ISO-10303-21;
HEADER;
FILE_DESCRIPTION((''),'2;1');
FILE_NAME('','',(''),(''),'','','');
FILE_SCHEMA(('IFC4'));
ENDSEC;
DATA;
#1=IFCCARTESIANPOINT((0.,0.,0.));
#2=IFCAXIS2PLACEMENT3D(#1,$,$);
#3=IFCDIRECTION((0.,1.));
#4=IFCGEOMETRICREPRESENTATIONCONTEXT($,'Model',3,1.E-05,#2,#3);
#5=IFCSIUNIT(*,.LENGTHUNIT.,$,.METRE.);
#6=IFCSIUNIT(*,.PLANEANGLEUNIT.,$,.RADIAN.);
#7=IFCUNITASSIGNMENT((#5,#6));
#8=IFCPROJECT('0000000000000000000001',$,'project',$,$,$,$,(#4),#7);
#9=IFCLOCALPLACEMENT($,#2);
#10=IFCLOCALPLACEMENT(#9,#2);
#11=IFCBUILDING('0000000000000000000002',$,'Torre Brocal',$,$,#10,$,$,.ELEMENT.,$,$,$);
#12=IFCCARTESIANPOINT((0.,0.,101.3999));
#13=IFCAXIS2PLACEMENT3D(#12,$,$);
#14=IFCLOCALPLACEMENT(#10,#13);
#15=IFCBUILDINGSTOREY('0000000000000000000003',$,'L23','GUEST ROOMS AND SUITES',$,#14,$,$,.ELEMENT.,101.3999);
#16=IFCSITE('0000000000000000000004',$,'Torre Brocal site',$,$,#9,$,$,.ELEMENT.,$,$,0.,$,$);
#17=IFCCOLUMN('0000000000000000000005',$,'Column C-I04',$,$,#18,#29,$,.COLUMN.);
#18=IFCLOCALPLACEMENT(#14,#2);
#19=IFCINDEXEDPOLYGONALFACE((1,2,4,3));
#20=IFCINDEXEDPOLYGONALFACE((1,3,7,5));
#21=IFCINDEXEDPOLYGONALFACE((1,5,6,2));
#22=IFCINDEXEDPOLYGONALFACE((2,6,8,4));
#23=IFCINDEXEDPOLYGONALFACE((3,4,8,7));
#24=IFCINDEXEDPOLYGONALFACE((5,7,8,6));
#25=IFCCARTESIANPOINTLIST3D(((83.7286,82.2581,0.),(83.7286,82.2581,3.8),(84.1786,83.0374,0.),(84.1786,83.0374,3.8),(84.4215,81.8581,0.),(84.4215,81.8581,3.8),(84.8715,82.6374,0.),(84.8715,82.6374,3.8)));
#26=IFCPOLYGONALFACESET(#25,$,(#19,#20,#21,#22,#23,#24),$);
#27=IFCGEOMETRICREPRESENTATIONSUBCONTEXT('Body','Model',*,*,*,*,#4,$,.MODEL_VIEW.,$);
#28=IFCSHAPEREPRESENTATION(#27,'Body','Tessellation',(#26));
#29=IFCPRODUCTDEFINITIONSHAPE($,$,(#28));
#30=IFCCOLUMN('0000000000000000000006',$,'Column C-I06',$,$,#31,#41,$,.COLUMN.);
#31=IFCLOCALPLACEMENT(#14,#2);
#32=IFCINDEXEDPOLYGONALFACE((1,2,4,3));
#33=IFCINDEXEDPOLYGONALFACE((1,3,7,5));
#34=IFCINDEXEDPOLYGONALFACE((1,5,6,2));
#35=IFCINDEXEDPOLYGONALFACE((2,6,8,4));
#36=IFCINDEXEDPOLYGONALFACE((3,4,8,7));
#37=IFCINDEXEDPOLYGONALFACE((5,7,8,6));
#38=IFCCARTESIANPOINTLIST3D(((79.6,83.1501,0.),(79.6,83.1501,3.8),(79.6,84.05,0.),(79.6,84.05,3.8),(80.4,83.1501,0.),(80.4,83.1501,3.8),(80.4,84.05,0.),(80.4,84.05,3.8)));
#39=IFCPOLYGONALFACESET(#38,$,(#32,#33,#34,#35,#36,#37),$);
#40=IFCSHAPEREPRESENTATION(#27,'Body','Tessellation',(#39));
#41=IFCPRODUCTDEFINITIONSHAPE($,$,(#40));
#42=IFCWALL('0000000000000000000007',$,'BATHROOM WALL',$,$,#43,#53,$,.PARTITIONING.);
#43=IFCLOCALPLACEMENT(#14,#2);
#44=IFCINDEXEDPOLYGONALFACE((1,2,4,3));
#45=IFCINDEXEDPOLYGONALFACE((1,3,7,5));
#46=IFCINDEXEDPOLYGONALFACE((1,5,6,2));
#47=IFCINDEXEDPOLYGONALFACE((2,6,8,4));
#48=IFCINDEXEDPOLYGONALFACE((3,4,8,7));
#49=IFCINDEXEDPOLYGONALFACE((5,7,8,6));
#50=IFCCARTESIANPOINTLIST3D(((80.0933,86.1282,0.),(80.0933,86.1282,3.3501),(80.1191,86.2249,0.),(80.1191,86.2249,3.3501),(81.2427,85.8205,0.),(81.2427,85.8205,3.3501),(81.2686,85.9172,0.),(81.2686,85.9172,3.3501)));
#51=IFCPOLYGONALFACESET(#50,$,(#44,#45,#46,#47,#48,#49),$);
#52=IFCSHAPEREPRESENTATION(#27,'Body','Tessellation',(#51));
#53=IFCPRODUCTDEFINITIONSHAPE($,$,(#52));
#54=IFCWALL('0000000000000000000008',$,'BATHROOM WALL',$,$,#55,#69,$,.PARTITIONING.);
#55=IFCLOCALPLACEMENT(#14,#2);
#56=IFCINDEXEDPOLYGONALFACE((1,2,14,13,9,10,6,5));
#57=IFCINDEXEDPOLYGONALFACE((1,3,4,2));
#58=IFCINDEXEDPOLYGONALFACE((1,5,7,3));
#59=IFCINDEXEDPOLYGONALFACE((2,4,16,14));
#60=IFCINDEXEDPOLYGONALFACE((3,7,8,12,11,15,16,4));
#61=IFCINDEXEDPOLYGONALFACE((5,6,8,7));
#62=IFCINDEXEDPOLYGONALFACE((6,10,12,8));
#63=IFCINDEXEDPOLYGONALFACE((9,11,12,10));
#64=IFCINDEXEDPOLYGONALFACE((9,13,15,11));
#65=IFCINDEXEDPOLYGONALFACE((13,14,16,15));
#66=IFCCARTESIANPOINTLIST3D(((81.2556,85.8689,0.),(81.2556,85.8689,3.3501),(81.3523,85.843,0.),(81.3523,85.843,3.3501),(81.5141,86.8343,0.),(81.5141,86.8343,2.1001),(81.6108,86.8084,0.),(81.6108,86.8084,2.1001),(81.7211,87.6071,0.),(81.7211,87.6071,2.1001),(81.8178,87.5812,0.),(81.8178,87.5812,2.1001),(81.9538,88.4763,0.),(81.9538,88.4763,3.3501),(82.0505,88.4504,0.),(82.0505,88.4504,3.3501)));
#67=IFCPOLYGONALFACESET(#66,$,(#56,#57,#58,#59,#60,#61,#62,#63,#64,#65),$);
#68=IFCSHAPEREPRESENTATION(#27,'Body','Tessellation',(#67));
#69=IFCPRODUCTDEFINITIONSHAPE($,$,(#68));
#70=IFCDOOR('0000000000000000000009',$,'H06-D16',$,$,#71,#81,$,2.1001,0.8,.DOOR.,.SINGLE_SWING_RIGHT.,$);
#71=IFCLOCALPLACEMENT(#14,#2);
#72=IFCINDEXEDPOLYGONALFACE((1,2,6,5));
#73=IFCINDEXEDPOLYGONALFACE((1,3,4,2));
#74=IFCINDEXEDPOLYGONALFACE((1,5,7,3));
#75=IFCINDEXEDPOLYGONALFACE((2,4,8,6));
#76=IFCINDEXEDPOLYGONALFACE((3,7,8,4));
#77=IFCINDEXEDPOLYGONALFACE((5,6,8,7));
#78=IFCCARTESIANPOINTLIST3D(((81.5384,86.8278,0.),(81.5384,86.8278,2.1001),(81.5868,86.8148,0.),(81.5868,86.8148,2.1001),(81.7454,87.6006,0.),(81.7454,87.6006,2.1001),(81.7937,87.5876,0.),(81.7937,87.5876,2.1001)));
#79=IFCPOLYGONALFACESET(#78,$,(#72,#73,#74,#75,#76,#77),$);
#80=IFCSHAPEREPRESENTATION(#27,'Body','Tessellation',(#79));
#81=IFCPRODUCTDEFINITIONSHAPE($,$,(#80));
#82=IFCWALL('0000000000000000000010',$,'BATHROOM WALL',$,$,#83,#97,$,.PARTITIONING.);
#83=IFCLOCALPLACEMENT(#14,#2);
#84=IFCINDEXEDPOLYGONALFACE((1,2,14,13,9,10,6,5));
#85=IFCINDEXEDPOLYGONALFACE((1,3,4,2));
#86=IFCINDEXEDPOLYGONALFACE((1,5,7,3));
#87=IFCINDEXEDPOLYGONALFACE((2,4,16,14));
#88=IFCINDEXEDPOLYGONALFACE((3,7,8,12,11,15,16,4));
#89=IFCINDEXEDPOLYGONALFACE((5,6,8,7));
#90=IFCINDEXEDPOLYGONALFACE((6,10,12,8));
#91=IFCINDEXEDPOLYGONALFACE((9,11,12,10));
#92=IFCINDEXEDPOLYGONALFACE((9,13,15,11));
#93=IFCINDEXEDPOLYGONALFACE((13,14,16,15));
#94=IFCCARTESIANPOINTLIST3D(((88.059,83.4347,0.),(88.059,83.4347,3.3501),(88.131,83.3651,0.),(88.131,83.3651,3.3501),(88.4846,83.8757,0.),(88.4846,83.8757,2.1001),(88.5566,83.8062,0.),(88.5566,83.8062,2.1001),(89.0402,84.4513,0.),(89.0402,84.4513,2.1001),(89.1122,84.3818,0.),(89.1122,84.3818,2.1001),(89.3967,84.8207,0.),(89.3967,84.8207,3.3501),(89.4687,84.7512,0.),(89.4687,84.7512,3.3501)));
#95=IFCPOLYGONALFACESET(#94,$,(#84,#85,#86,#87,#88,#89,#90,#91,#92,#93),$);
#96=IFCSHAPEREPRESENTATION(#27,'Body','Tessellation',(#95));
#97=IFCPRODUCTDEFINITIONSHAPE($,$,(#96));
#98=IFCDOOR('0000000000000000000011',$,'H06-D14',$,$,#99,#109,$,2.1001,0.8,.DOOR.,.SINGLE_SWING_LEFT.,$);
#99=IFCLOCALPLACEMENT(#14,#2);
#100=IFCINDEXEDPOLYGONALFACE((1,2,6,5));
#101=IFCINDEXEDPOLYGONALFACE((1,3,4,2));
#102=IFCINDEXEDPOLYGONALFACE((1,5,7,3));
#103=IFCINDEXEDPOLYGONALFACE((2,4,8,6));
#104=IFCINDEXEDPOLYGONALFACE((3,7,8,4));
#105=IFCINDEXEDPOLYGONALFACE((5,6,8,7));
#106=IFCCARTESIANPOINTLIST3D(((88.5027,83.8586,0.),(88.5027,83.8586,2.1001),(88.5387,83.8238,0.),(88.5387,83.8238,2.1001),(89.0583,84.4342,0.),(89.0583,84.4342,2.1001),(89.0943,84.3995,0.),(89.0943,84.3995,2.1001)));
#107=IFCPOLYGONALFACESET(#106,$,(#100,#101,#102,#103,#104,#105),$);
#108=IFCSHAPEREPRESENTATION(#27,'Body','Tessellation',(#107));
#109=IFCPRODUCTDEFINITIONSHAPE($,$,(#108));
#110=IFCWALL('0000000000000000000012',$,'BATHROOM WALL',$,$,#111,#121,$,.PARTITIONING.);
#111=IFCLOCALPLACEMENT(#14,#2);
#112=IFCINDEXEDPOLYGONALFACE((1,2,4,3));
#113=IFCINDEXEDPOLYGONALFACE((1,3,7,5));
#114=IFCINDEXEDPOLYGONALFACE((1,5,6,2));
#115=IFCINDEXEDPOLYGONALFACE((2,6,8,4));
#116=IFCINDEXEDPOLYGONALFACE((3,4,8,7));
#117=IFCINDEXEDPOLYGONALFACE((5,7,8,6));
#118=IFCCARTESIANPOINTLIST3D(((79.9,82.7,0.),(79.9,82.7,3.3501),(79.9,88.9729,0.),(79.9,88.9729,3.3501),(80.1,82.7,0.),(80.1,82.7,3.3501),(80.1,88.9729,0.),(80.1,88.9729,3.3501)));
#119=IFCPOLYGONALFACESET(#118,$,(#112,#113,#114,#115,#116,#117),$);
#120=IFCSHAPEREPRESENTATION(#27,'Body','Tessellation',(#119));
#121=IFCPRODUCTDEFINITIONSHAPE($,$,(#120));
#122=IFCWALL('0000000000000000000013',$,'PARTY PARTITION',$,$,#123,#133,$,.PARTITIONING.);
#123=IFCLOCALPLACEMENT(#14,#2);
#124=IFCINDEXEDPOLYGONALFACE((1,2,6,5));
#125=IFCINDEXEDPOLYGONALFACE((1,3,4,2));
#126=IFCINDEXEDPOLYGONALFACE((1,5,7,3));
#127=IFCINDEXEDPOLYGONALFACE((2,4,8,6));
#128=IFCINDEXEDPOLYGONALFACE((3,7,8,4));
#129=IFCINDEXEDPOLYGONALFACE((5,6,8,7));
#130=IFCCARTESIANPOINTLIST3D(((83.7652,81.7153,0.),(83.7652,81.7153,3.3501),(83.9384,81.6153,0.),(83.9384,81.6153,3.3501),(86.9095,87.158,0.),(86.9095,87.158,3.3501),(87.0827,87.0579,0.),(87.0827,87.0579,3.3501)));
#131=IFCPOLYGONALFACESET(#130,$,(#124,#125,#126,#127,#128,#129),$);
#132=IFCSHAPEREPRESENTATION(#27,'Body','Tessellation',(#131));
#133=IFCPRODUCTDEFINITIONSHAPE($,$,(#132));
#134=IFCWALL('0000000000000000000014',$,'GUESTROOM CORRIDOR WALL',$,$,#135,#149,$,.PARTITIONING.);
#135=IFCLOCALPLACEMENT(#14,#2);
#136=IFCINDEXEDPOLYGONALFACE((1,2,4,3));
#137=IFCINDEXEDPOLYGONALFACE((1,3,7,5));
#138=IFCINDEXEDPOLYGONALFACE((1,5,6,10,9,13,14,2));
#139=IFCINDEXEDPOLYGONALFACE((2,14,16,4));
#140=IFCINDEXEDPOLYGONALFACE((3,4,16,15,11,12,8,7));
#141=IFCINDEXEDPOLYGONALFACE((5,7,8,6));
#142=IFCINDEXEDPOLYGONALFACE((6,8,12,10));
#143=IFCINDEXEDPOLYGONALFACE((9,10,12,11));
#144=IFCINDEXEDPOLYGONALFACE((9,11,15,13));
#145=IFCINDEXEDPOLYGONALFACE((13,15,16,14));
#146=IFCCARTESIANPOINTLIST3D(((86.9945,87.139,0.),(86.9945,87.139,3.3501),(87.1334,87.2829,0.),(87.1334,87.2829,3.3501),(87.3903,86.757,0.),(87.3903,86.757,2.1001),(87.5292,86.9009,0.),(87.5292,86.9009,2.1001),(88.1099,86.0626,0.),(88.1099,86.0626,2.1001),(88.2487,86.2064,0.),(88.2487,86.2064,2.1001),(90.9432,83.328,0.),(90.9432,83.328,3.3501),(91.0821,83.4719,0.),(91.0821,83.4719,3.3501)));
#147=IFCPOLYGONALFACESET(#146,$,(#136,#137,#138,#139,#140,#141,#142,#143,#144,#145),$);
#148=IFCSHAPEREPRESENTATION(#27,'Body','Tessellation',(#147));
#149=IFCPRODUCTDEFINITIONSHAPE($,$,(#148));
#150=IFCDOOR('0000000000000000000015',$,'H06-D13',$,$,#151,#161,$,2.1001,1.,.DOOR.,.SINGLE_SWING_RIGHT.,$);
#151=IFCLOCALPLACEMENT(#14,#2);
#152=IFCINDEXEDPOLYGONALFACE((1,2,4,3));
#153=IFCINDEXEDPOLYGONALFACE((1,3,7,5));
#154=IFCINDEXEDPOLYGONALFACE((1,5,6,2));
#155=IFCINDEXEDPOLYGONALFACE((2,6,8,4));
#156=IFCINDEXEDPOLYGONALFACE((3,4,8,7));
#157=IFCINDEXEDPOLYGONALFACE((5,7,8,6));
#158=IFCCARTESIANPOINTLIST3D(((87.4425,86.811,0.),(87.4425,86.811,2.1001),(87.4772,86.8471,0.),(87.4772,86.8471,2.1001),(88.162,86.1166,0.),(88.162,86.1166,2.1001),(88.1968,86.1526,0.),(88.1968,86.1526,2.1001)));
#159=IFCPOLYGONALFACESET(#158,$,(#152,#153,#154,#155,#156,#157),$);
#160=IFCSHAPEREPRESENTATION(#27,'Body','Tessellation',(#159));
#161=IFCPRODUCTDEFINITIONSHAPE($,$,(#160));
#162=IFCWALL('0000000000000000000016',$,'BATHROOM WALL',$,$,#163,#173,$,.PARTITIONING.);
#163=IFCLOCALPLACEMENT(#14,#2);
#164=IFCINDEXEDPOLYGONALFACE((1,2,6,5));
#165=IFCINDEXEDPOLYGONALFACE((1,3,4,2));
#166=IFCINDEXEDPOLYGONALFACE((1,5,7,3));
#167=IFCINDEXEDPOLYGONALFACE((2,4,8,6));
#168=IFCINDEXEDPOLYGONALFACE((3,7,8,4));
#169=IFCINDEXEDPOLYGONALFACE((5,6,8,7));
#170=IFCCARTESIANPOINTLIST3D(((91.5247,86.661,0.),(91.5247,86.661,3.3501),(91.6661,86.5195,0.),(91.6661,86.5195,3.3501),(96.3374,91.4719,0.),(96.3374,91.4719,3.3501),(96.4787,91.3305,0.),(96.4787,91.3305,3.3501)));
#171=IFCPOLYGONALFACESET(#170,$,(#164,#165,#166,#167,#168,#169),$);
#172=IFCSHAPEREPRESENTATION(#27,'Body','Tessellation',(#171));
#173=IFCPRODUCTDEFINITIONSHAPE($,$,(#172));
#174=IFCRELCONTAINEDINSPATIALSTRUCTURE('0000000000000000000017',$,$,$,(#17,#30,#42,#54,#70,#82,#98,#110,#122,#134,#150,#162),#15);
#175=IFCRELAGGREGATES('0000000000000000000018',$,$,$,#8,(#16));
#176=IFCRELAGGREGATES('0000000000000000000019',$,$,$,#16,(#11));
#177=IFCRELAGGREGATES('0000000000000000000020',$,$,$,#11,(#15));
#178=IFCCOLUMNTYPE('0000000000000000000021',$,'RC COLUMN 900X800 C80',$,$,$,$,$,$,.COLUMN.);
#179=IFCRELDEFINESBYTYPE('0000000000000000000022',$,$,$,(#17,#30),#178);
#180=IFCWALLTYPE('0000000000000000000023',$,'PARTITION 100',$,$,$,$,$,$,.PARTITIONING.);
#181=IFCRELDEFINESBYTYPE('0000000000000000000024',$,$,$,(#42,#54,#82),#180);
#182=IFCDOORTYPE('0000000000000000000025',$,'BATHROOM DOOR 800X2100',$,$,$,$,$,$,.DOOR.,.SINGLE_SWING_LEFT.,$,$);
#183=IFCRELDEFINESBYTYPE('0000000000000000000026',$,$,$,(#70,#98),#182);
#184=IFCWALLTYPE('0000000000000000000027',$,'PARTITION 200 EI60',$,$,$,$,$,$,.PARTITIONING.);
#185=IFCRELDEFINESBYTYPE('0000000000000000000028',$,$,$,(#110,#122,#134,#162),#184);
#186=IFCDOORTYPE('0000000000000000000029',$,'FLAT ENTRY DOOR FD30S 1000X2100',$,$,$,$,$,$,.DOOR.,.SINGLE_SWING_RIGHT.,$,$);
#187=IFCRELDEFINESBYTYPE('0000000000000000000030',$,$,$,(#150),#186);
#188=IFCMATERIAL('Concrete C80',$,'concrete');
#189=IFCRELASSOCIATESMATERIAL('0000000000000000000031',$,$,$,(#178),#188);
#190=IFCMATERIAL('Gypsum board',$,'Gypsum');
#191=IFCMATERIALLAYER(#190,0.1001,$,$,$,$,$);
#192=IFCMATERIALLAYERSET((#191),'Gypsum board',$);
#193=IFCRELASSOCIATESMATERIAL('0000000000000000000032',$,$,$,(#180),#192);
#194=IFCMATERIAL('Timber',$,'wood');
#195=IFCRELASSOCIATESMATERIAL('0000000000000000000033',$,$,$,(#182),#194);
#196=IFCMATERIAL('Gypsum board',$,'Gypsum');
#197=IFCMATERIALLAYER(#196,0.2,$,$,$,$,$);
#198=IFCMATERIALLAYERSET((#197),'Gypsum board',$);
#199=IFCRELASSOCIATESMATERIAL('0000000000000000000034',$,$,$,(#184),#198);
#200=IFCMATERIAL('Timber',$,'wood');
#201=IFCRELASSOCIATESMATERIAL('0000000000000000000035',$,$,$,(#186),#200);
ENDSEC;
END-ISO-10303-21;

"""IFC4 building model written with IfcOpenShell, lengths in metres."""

from ifc_helpers import new_model, si_unit, direction, frame, frame_2d, origin, origin_2d, place, context, subcontext, project, spatial, rectangle, extrude, material, layer, layer_set, material_profile, profile_set, type_object, element, fill, save


model = new_model("IFC4")

# Units and contexts
model_context = context("Model", 3, precision=1e-05, world=origin(), true_north=direction((0.0, 1.0)))
body_context = subcontext(model_context, "Body", "Model", "MODEL_VIEW")
ifc_project = project(units=[si_unit("LENGTHUNIT", "METRE"), si_unit("PLANEANGLEUNIT", "RADIAN")], contexts=[model_context])

# Site, building, storey
site_placement = place(None, origin())
site = spatial("IfcSite", under=ifc_project, at=site_placement, Name="Torre Brocal site", CompositionType="ELEMENT", RefElevation=0.0)
building_placement = place(site_placement, origin())
building = spatial("IfcBuilding", under=site, at=building_placement, Name="Torre Brocal", CompositionType="ELEMENT")
storey_placement = place(building_placement, frame((0.0, 0.0, 101.3999)))
storey = spatial("IfcBuildingStorey", under=building, at=storey_placement, Name="L23", Description="GUEST ROOMS AND SUITES", CompositionType="ELEMENT", Elevation=101.3999)

# Columns
ifc_material_1 = material(Name="Concrete C80", Category="concrete")
ifc_material_profile = material_profile(ifc_material_1, rectangle(XDim=0.8999, YDim=0.8, at=origin_2d()), Name="RC 900X800")
ifc_profile_set = profile_set([ifc_material_profile], Name="Concrete C80")
column_type = type_object("IfcColumnType", Name="RC COLUMN 900X800 C80", PredefinedType="COLUMN", material=ifc_profile_set)
for number, where, z_axis, x_axis, name in (
    (1, (84.3, 82.4478, 0.0), (0.0, 0.0, 1.0), (0.5, 0.866025, 0.0), "Column C-I04"),
    (2, (80.0, 83.6001, 0.0), (0.0, 0.0, 1.0), (0.0, 1.0, 0.0), "Column C-I06"),
):
    element("IfcColumn", number, at=place(storey_placement, frame(where, z_axis=z_axis, x_axis=x_axis)), inside=storey, type_object=column_type, Name=name, PredefinedType="COLUMN", context=body_context, shape_type="SweptSolid", body=[
        extrude(rectangle(XDim=0.8999, YDim=0.8, at=origin_2d()), origin(), (0.0, 0.0, 1.0), 3.8),
    ])

# Wall
ifc_material_2 = material(Name="Gypsum board", Category="Gypsum")
ifc_layer_1 = layer(ifc_material_2, 0.1001)
ifc_layer_set_1 = layer_set([ifc_layer_1], Name="Gypsum board")
wall_type_1 = type_object("IfcWallType", Name="PARTITION 100", PredefinedType="PARTITIONING", material=ifc_layer_set_1)
wall_1_placement = place(storey_placement, frame((80.1062, 86.1765, 0.0), z_axis=(0.0, 0.0, 1.0), x_axis=(0.966003, -0.258531, 0.0)))
element("IfcWall", 3, at=wall_1_placement, inside=storey, type_object=wall_type_1, Name="BATHROOM WALL", PredefinedType="PARTITIONING", context=body_context, shape_type="SweptSolid", body=[
    extrude(rectangle(XDim=1.1899, YDim=0.1001, at=frame_2d((0.595, 0.0))), origin(), (0.0, 0.0, 1.0), 3.3501),
])

# Walls, openings, doors
wall_2_placement = place(storey_placement, frame((81.304, 85.856, 0.0), z_axis=(0.0, 0.0, 1.0), x_axis=(0.258676, 0.965964, 0.0)))
wall_2 = element("IfcWall", 4, at=wall_2_placement, inside=storey, type_object=wall_type_1, Name="BATHROOM WALL", PredefinedType="PARTITIONING", context=body_context, shape_type="SweptSolid", body=[
    extrude(rectangle(XDim=2.6992, YDim=0.1001, at=frame_2d((1.3496, 0.0))), origin(), (0.0, 0.0, 1.0), 3.3501),
])
opening_1_placement = place(wall_2_placement, frame((0.9995, 0.0, 0.0)))
opening_1 = element("IfcOpeningElement", 5, at=opening_1_placement, cuts=wall_2, PredefinedType="OPENING", context=body_context, shape_type="SweptSolid", body=[
    extrude(rectangle(XDim=0.8, YDim=2.1001, at=frame_2d((0.3999, 1.05))), frame((0.0, 0.0601, 0.0), z_axis=(0.0, -1.0, 0.0), x_axis=(1.0, 0.0, 0.0)), (0.0, 0.0, 1.0), 0.1201),
])
ifc_material_3 = material(Name="Timber", Category="wood")
door_type_1 = type_object("IfcDoorType", Name="BATHROOM DOOR 800X2100", OperationType="SINGLE_SWING_LEFT", PredefinedType="DOOR", material=ifc_material_3)
door_1_placement = place(opening_1_placement, origin())
door_1 = element("IfcDoor", 6, at=door_1_placement, inside=storey, type_object=door_type_1, Name="H06-D16", OperationType="SINGLE_SWING_RIGHT", OverallHeight=2.1001, OverallWidth=0.8, PredefinedType="DOOR", context=body_context, shape_type="SweptSolid", body=[
    extrude(rectangle(XDim=0.8, YDim=2.1001, at=frame_2d((0.3999, 1.05))), frame((0.0, 0.0249, 0.0), z_axis=(0.0, -1.0, 0.0), x_axis=(1.0, 0.0, 0.0)), (0.0, 0.0, 1.0), 0.05),
])
fill(opening_1, door_1)
wall_3_placement = place(storey_placement, frame((88.095, 83.3999, 0.0), z_axis=(0.0, 0.0, 1.0), x_axis=(0.694447, 0.719543, 0.0)))
wall_3 = element("IfcWall", 7, at=wall_3_placement, inside=storey, type_object=wall_type_1, Name="BATHROOM WALL", PredefinedType="PARTITIONING", context=body_context, shape_type="SweptSolid", body=[
    extrude(rectangle(XDim=1.9263, YDim=0.1001, at=frame_2d((0.9631, 0.0))), origin(), (0.0, 0.0, 1.0), 3.3501),
])
opening_2_placement = place(wall_3_placement, frame((0.613, 0.0, 0.0)))
opening_2 = element("IfcOpeningElement", 8, at=opening_2_placement, cuts=wall_3, PredefinedType="OPENING", context=body_context, shape_type="SweptSolid", body=[
    extrude(rectangle(XDim=0.8, YDim=2.1001, at=frame_2d((0.3999, 1.05))), frame((0.0, 0.0601, 0.0), z_axis=(0.0, -1.0, 0.0), x_axis=(1.0, 0.0, 0.0)), (0.0, 0.0, 1.0), 0.1201),
])
door_2_placement = place(opening_2_placement, frame((0.8, 0.0, 0.0), z_axis=(0.0, 0.0, 1.0), x_axis=(-1.0, 0.0, 0.0)))
door_2 = element("IfcDoor", 9, at=door_2_placement, inside=storey, type_object=door_type_1, Name="H06-D14", OperationType="SINGLE_SWING_LEFT", OverallHeight=2.1001, OverallWidth=0.8, PredefinedType="DOOR", context=body_context, shape_type="SweptSolid", body=[
    extrude(rectangle(XDim=0.8, YDim=2.1001, at=frame_2d((0.3999, 1.05))), frame((0.0, 0.0249, 0.0), z_axis=(0.0, -1.0, 0.0), x_axis=(1.0, 0.0, 0.0)), (0.0, 0.0, 1.0), 0.05),
])
fill(opening_2, door_2)

# Walls
ifc_material_4 = material(Name="Gypsum board", Category="Gypsum")
ifc_layer_2 = layer(ifc_material_4, 0.2)
ifc_layer_set_2 = layer_set([ifc_layer_2], Name="Gypsum board")
wall_type_2 = type_object("IfcWallType", Name="PARTITION 200 EI60", PredefinedType="PARTITIONING", material=ifc_layer_set_2)
wall_4_placement = place(storey_placement, frame((80.0, 82.7, 0.0), z_axis=(0.0, 0.0, 1.0), x_axis=(0.0, 1.0, 0.0)))
element("IfcWall", 10, at=wall_4_placement, inside=storey, type_object=wall_type_2, Name="BATHROOM WALL", PredefinedType="PARTITIONING", context=body_context, shape_type="SweptSolid", body=[
    extrude(rectangle(XDim=6.2729, YDim=0.2, at=frame_2d((3.1365, 0.0))), origin(), (0.0, 0.0, 1.0), 3.3501),
])
wall_5_placement = place(storey_placement, frame((83.8518, 81.6653, 0.0), z_axis=(0.0, 0.0, 1.0), x_axis=(0.500237, 0.865889, 0.0)))
element("IfcWall", 11, at=wall_5_placement, inside=storey, type_object=wall_type_2, Name="PARTY PARTITION", PredefinedType="PARTITIONING", context=body_context, shape_type="SweptSolid", body=[
    extrude(rectangle(XDim=6.2856, YDim=0.2, at=frame_2d((3.1428, 0.0))), origin(), (0.0, 0.0, 1.0), 3.3501),
])

# Wall, opening, door
wall_6_placement = place(storey_placement, frame((87.064, 87.2109, 0.0), z_axis=(0.0, 0.0, 1.0), x_axis=(0.719541, -0.69445, 0.0)))
wall_6 = element("IfcWall", 12, at=wall_6_placement, inside=storey, type_object=wall_type_2, Name="GUESTROOM CORRIDOR WALL", PredefinedType="PARTITIONING", context=body_context, shape_type="SweptSolid", body=[
    extrude(rectangle(XDim=5.4878, YDim=0.2, at=frame_2d((2.7439, 0.0))), origin(), (0.0, 0.0, 1.0), 3.3501),
])
opening_3_placement = place(wall_6_placement, frame((0.55, 0.0, 0.0)))
opening_3 = element("IfcOpeningElement", 13, at=opening_3_placement, cuts=wall_6, PredefinedType="OPENING", context=body_context, shape_type="SweptSolid", body=[
    extrude(rectangle(XDim=1.0, YDim=2.1001, at=frame_2d((0.5, 1.05))), frame((0.0, 0.1099, 0.0), z_axis=(0.0, -1.0, 0.0), x_axis=(1.0, 0.0, 0.0)), (0.0, 0.0, 1.0), 0.22),
])
ifc_material_5 = material(Name="Timber", Category="wood")
door_type_2 = type_object("IfcDoorType", Name="FLAT ENTRY DOOR FD30S 1000X2100", OperationType="SINGLE_SWING_RIGHT", PredefinedType="DOOR", material=ifc_material_5)
door_3_placement = place(opening_3_placement, frame((1.0, 0.0, 0.0), z_axis=(0.0, 0.0, 1.0), x_axis=(-1.0, 0.0, 0.0)))
door_3 = element("IfcDoor", 14, at=door_3_placement, inside=storey, type_object=door_type_2, Name="H06-D13", OperationType="SINGLE_SWING_RIGHT", OverallHeight=2.1001, OverallWidth=1.0, PredefinedType="DOOR", context=body_context, shape_type="SweptSolid", body=[
    extrude(rectangle(XDim=1.0, YDim=2.1001, at=frame_2d((0.5, 1.05))), frame((0.0, 0.0249, 0.0), z_axis=(0.0, -1.0, 0.0), x_axis=(1.0, 0.0, 0.0)), (0.0, 0.0, 1.0), 0.05),
])
fill(opening_3, door_3)

# Wall
wall_7_placement = place(storey_placement, frame((91.5955, 86.5903, 0.0), z_axis=(0.0, 0.0, 1.0), x_axis=(0.707232, 0.706981, 0.0)))
element("IfcWall", 15, at=wall_7_placement, inside=storey, type_object=wall_type_2, Name="BATHROOM WALL", PredefinedType="PARTITIONING", context=body_context, shape_type="SweptSolid", body=[
    extrude(rectangle(XDim=6.8049, YDim=0.2, at=frame_2d((3.4023, 0.0))), origin(), (0.0, 0.0, 1.0), 3.3501),
])

save(model, "model.ifc")
